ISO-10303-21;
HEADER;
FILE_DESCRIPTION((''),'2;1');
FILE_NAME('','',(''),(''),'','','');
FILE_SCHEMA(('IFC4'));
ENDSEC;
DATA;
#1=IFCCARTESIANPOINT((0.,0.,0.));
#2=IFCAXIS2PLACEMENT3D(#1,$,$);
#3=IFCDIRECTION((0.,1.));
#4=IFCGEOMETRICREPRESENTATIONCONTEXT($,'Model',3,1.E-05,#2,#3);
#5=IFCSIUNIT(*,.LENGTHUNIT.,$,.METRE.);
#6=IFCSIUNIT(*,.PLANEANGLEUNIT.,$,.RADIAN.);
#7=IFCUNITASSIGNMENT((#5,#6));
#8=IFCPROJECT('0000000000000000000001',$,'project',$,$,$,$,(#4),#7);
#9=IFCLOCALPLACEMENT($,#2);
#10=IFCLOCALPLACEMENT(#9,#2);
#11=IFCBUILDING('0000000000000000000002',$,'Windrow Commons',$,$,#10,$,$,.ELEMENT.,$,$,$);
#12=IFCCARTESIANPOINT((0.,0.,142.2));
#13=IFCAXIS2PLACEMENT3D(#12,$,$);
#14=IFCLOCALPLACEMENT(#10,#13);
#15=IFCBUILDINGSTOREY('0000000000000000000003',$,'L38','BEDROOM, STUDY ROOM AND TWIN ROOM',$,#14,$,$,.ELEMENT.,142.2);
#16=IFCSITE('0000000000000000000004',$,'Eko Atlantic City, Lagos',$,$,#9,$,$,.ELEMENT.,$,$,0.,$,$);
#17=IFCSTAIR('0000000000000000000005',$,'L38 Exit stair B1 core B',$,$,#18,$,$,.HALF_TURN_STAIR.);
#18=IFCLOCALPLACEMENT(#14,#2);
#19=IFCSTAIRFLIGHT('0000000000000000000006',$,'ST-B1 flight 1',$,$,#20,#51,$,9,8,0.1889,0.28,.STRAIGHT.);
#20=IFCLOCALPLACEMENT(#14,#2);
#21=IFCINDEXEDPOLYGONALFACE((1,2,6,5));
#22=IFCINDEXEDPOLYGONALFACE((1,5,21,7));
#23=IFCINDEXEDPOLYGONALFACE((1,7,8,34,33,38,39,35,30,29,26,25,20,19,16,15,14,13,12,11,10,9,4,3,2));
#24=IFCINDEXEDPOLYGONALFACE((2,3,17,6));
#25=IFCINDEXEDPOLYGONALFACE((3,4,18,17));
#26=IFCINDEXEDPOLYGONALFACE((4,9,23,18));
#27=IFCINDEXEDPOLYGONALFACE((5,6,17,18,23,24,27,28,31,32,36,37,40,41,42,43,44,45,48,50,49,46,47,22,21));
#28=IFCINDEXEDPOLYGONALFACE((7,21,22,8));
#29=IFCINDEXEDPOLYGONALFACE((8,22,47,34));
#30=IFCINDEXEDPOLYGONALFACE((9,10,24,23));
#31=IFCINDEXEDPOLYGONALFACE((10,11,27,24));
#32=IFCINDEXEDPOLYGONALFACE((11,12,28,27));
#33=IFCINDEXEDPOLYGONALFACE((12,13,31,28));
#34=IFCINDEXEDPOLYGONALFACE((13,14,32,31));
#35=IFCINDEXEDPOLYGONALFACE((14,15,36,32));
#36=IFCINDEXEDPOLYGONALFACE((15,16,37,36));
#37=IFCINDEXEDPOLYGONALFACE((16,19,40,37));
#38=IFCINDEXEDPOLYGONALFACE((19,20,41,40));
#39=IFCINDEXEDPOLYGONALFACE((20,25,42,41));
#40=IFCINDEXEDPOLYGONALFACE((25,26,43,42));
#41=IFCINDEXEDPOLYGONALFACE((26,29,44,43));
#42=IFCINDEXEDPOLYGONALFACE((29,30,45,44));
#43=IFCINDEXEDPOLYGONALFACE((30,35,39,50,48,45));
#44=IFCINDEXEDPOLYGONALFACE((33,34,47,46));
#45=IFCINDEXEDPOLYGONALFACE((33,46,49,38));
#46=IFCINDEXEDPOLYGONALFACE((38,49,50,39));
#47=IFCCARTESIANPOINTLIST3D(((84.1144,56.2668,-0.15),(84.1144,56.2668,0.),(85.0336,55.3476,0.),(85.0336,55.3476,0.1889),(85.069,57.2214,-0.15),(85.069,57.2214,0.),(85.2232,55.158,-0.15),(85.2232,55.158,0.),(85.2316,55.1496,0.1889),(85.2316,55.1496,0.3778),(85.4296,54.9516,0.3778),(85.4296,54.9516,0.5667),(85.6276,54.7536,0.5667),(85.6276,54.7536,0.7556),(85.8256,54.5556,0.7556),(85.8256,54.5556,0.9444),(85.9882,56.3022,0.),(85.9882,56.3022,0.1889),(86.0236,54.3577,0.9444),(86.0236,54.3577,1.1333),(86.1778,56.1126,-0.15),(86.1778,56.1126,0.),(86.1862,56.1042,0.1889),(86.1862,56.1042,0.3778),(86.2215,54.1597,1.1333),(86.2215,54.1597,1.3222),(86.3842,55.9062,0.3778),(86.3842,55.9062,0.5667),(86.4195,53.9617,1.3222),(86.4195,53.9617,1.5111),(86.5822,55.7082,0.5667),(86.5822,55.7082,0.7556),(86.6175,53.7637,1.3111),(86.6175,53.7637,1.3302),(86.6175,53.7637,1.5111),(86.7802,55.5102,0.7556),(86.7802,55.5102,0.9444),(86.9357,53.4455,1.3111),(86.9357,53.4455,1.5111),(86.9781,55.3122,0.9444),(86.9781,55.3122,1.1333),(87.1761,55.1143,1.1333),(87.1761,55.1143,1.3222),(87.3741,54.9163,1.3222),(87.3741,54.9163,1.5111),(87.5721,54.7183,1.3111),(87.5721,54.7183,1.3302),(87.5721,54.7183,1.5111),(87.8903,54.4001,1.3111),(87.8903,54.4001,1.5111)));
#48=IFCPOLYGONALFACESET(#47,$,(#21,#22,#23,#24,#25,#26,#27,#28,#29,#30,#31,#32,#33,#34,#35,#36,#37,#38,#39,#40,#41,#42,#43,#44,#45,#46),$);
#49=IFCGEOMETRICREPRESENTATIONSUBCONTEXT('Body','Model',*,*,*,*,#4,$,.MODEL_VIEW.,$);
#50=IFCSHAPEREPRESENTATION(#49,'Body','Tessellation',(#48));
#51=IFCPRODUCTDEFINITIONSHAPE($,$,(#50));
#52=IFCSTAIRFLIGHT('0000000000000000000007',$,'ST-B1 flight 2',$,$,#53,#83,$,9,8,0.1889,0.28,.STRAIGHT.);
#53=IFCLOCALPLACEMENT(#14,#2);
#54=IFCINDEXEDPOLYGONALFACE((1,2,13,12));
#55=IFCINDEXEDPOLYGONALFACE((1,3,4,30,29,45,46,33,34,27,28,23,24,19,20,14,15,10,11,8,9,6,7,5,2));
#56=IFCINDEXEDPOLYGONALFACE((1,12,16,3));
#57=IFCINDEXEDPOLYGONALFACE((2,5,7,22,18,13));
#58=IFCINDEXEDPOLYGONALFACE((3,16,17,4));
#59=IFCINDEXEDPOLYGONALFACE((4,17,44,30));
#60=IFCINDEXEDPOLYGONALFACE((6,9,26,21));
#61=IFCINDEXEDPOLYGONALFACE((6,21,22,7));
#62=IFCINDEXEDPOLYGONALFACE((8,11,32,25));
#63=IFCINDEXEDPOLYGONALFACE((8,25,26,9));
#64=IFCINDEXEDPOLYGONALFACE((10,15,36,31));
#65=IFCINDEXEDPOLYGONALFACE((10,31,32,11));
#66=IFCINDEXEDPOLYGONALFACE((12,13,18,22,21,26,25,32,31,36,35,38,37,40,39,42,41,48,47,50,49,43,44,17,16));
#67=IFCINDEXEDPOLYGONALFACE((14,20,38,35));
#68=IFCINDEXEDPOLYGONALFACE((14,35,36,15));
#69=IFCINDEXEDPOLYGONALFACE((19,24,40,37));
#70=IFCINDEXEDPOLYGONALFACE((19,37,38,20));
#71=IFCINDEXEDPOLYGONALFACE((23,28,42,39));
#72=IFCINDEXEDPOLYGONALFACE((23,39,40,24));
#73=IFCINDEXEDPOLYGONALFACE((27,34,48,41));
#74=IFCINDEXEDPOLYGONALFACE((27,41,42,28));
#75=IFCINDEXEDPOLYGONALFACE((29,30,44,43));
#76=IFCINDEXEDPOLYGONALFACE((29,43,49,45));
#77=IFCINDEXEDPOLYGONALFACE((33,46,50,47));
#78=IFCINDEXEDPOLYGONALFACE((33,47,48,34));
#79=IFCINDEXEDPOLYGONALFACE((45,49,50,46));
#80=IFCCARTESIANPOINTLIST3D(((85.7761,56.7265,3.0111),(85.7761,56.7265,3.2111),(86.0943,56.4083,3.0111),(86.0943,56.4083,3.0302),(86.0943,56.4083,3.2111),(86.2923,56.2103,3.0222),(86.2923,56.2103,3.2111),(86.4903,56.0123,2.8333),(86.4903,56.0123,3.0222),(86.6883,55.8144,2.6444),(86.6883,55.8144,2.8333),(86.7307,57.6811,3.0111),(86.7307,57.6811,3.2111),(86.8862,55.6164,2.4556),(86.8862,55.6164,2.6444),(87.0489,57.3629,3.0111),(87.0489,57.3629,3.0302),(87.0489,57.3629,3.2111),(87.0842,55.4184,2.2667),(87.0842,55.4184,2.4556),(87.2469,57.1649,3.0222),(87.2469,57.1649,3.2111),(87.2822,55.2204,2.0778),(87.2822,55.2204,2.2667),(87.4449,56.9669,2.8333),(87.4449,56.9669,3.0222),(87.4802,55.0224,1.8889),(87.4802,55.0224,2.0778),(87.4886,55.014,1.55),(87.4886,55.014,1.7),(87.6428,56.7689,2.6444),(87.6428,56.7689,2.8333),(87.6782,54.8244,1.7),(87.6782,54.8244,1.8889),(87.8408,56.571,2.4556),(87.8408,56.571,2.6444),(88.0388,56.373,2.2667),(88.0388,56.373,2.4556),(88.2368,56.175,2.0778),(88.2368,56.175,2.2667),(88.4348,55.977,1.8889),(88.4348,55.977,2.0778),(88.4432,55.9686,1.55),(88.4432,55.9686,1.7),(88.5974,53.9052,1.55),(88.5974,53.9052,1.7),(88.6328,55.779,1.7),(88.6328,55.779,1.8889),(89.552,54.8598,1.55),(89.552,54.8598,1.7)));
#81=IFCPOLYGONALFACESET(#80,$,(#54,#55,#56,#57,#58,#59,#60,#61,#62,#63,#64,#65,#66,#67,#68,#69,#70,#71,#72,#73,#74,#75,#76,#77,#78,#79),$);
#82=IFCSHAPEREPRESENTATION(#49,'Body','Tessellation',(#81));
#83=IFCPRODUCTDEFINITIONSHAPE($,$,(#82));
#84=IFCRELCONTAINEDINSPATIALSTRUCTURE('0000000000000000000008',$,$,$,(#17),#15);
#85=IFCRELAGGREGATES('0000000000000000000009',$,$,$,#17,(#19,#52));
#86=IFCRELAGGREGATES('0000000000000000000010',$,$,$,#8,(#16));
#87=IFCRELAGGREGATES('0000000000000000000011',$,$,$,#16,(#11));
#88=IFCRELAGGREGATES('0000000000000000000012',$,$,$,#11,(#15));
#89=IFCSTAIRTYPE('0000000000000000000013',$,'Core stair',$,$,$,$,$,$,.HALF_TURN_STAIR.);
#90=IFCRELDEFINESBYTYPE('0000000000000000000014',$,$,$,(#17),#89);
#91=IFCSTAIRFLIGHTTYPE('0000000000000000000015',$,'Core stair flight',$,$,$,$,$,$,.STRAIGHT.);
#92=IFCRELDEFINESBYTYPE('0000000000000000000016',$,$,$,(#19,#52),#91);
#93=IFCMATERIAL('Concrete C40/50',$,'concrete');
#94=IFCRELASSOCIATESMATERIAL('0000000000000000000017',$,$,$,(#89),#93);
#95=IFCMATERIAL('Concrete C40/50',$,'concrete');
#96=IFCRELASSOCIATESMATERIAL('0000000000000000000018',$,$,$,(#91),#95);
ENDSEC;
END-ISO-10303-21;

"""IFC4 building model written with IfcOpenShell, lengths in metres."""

from ifc_helpers import new_model, si_unit, direction, frame, origin, place, context, subcontext, project, spatial, polyline, outline, extrude, material, type_object, element, aggregate, save


model = new_model("IFC4")

# Units and contexts
model_context = context("Model", 3, precision=1e-05, world=origin(), true_north=direction((0.0, 1.0)))
body_context = subcontext(model_context, "Body", "Model", "MODEL_VIEW")
ifc_project = project(units=[si_unit("LENGTHUNIT", "METRE"), si_unit("PLANEANGLEUNIT", "RADIAN")], contexts=[model_context])

# Site, building, storey
site_placement = place(None, origin())
site = spatial("IfcSite", under=ifc_project, at=site_placement, Name="Eko Atlantic City, Lagos", CompositionType="ELEMENT", RefElevation=0.0)
building_placement = place(site_placement, origin())
building = spatial("IfcBuilding", under=site, at=building_placement, Name="Windrow Commons", CompositionType="ELEMENT")
storey_placement = place(building_placement, frame((0.0, 0.0, 142.2)))
storey = spatial("IfcBuildingStorey", under=building, at=storey_placement, Name="L38", Description="BEDROOM, STUDY ROOM AND TWIN ROOM", CompositionType="ELEMENT", Elevation=142.2)

# Stair, stair flights
ifc_material_1 = material(Name="Concrete C40/50", Category="concrete")
stair_type = type_object("IfcStairType", Name="Core stair", PredefinedType="HALF_TURN_STAIR", material=ifc_material_1)
stair_placement = place(storey_placement, origin())
stair = element("IfcStair", 1, at=stair_placement, inside=storey, type_object=stair_type, Name="L38 Exit stair B1 core B", PredefinedType="HALF_TURN_STAIR")
ifc_material_2 = material(Name="Concrete C40/50", Category="concrete")
stair_flight_type = type_object("IfcStairFlightType", Name="Core stair flight", PredefinedType="STRAIGHT", material=ifc_material_2)
stair_flight_1_placement = place(storey_placement, frame((85.5109, 55.8249, 0.0), z_axis=(0.0, 0.0, 1.0), x_axis=(0.707107, -0.707107, 0.0)))
stair_flight_1 = element("IfcStairFlight", 2, at=stair_flight_1_placement, type_object=stair_flight_type, Name="ST-B1 flight 1", NumberOfRisers=9, NumberOfTreads=8, PredefinedType="STRAIGHT", RiserHeight=0.1889, TreadLength=0.28, context=body_context, shape_type="SweptSolid", body=[
    extrude(outline(polyline([(-1.3, -0.15), (-1.3, 0.0), (0.0, 0.0), (0.0, 0.1889), (0.28, 0.1889), (0.28, 0.3778), (0.56, 0.3778), (0.56, 0.5667), (0.84, 0.5667), (0.84, 0.7556), (1.12, 0.7556), (1.12, 0.9444), (1.4, 0.9444), (1.4, 1.1333), (1.68, 1.1333), (1.68, 1.3222), (1.96, 1.3222), (1.96, 1.5111), (2.24, 1.5111), (2.69, 1.5111), (2.69, 1.3111), (2.24, 1.3111), (2.24, 1.3302), (0.2682, 0.0), (0.2682, -0.15), (-1.3, -0.15)])), frame((0.0, 0.675, 0.0), z_axis=(0.0, -1.0, 0.0), x_axis=(1.0, 0.0, 0.0)), (0.0, 0.0, 1.0), 1.35),
])
stair_flight_2_placement = place(storey_placement, frame((88.1555, 55.3017, 1.7), z_axis=(0.0, 0.0, 1.0), x_axis=(-0.707107, 0.707107, 0.0)))
stair_flight_2 = element("IfcStairFlight", 3, at=stair_flight_2_placement, type_object=stair_flight_type, Name="ST-B1 flight 2", NumberOfRisers=9, NumberOfTreads=8, PredefinedType="STRAIGHT", RiserHeight=0.1889, TreadLength=0.28, context=body_context, shape_type="SweptSolid", body=[
    extrude(outline(polyline([(-1.3, -0.15), (-1.3, 0.0), (0.0, 0.0), (0.0, 0.1889), (0.28, 0.1889), (0.28, 0.3778), (0.56, 0.3778), (0.56, 0.5667), (0.84, 0.5667), (0.84, 0.7556), (1.12, 0.7556), (1.12, 0.9444), (1.4, 0.9444), (1.4, 1.1333), (1.68, 1.1333), (1.68, 1.3222), (1.96, 1.3222), (1.96, 1.5111), (2.24, 1.5111), (2.69, 1.5111), (2.69, 1.3111), (2.24, 1.3111), (2.24, 1.3302), (0.2682, 0.0), (0.2682, -0.15), (-1.3, -0.15)])), frame((0.0, 0.675, 0.0), z_axis=(0.0, -1.0, 0.0), x_axis=(1.0, 0.0, 0.0)), (0.0, 0.0, 1.0), 1.35),
])
aggregate(stair, [stair_flight_1, stair_flight_2])

save(model, "model.ifc")
